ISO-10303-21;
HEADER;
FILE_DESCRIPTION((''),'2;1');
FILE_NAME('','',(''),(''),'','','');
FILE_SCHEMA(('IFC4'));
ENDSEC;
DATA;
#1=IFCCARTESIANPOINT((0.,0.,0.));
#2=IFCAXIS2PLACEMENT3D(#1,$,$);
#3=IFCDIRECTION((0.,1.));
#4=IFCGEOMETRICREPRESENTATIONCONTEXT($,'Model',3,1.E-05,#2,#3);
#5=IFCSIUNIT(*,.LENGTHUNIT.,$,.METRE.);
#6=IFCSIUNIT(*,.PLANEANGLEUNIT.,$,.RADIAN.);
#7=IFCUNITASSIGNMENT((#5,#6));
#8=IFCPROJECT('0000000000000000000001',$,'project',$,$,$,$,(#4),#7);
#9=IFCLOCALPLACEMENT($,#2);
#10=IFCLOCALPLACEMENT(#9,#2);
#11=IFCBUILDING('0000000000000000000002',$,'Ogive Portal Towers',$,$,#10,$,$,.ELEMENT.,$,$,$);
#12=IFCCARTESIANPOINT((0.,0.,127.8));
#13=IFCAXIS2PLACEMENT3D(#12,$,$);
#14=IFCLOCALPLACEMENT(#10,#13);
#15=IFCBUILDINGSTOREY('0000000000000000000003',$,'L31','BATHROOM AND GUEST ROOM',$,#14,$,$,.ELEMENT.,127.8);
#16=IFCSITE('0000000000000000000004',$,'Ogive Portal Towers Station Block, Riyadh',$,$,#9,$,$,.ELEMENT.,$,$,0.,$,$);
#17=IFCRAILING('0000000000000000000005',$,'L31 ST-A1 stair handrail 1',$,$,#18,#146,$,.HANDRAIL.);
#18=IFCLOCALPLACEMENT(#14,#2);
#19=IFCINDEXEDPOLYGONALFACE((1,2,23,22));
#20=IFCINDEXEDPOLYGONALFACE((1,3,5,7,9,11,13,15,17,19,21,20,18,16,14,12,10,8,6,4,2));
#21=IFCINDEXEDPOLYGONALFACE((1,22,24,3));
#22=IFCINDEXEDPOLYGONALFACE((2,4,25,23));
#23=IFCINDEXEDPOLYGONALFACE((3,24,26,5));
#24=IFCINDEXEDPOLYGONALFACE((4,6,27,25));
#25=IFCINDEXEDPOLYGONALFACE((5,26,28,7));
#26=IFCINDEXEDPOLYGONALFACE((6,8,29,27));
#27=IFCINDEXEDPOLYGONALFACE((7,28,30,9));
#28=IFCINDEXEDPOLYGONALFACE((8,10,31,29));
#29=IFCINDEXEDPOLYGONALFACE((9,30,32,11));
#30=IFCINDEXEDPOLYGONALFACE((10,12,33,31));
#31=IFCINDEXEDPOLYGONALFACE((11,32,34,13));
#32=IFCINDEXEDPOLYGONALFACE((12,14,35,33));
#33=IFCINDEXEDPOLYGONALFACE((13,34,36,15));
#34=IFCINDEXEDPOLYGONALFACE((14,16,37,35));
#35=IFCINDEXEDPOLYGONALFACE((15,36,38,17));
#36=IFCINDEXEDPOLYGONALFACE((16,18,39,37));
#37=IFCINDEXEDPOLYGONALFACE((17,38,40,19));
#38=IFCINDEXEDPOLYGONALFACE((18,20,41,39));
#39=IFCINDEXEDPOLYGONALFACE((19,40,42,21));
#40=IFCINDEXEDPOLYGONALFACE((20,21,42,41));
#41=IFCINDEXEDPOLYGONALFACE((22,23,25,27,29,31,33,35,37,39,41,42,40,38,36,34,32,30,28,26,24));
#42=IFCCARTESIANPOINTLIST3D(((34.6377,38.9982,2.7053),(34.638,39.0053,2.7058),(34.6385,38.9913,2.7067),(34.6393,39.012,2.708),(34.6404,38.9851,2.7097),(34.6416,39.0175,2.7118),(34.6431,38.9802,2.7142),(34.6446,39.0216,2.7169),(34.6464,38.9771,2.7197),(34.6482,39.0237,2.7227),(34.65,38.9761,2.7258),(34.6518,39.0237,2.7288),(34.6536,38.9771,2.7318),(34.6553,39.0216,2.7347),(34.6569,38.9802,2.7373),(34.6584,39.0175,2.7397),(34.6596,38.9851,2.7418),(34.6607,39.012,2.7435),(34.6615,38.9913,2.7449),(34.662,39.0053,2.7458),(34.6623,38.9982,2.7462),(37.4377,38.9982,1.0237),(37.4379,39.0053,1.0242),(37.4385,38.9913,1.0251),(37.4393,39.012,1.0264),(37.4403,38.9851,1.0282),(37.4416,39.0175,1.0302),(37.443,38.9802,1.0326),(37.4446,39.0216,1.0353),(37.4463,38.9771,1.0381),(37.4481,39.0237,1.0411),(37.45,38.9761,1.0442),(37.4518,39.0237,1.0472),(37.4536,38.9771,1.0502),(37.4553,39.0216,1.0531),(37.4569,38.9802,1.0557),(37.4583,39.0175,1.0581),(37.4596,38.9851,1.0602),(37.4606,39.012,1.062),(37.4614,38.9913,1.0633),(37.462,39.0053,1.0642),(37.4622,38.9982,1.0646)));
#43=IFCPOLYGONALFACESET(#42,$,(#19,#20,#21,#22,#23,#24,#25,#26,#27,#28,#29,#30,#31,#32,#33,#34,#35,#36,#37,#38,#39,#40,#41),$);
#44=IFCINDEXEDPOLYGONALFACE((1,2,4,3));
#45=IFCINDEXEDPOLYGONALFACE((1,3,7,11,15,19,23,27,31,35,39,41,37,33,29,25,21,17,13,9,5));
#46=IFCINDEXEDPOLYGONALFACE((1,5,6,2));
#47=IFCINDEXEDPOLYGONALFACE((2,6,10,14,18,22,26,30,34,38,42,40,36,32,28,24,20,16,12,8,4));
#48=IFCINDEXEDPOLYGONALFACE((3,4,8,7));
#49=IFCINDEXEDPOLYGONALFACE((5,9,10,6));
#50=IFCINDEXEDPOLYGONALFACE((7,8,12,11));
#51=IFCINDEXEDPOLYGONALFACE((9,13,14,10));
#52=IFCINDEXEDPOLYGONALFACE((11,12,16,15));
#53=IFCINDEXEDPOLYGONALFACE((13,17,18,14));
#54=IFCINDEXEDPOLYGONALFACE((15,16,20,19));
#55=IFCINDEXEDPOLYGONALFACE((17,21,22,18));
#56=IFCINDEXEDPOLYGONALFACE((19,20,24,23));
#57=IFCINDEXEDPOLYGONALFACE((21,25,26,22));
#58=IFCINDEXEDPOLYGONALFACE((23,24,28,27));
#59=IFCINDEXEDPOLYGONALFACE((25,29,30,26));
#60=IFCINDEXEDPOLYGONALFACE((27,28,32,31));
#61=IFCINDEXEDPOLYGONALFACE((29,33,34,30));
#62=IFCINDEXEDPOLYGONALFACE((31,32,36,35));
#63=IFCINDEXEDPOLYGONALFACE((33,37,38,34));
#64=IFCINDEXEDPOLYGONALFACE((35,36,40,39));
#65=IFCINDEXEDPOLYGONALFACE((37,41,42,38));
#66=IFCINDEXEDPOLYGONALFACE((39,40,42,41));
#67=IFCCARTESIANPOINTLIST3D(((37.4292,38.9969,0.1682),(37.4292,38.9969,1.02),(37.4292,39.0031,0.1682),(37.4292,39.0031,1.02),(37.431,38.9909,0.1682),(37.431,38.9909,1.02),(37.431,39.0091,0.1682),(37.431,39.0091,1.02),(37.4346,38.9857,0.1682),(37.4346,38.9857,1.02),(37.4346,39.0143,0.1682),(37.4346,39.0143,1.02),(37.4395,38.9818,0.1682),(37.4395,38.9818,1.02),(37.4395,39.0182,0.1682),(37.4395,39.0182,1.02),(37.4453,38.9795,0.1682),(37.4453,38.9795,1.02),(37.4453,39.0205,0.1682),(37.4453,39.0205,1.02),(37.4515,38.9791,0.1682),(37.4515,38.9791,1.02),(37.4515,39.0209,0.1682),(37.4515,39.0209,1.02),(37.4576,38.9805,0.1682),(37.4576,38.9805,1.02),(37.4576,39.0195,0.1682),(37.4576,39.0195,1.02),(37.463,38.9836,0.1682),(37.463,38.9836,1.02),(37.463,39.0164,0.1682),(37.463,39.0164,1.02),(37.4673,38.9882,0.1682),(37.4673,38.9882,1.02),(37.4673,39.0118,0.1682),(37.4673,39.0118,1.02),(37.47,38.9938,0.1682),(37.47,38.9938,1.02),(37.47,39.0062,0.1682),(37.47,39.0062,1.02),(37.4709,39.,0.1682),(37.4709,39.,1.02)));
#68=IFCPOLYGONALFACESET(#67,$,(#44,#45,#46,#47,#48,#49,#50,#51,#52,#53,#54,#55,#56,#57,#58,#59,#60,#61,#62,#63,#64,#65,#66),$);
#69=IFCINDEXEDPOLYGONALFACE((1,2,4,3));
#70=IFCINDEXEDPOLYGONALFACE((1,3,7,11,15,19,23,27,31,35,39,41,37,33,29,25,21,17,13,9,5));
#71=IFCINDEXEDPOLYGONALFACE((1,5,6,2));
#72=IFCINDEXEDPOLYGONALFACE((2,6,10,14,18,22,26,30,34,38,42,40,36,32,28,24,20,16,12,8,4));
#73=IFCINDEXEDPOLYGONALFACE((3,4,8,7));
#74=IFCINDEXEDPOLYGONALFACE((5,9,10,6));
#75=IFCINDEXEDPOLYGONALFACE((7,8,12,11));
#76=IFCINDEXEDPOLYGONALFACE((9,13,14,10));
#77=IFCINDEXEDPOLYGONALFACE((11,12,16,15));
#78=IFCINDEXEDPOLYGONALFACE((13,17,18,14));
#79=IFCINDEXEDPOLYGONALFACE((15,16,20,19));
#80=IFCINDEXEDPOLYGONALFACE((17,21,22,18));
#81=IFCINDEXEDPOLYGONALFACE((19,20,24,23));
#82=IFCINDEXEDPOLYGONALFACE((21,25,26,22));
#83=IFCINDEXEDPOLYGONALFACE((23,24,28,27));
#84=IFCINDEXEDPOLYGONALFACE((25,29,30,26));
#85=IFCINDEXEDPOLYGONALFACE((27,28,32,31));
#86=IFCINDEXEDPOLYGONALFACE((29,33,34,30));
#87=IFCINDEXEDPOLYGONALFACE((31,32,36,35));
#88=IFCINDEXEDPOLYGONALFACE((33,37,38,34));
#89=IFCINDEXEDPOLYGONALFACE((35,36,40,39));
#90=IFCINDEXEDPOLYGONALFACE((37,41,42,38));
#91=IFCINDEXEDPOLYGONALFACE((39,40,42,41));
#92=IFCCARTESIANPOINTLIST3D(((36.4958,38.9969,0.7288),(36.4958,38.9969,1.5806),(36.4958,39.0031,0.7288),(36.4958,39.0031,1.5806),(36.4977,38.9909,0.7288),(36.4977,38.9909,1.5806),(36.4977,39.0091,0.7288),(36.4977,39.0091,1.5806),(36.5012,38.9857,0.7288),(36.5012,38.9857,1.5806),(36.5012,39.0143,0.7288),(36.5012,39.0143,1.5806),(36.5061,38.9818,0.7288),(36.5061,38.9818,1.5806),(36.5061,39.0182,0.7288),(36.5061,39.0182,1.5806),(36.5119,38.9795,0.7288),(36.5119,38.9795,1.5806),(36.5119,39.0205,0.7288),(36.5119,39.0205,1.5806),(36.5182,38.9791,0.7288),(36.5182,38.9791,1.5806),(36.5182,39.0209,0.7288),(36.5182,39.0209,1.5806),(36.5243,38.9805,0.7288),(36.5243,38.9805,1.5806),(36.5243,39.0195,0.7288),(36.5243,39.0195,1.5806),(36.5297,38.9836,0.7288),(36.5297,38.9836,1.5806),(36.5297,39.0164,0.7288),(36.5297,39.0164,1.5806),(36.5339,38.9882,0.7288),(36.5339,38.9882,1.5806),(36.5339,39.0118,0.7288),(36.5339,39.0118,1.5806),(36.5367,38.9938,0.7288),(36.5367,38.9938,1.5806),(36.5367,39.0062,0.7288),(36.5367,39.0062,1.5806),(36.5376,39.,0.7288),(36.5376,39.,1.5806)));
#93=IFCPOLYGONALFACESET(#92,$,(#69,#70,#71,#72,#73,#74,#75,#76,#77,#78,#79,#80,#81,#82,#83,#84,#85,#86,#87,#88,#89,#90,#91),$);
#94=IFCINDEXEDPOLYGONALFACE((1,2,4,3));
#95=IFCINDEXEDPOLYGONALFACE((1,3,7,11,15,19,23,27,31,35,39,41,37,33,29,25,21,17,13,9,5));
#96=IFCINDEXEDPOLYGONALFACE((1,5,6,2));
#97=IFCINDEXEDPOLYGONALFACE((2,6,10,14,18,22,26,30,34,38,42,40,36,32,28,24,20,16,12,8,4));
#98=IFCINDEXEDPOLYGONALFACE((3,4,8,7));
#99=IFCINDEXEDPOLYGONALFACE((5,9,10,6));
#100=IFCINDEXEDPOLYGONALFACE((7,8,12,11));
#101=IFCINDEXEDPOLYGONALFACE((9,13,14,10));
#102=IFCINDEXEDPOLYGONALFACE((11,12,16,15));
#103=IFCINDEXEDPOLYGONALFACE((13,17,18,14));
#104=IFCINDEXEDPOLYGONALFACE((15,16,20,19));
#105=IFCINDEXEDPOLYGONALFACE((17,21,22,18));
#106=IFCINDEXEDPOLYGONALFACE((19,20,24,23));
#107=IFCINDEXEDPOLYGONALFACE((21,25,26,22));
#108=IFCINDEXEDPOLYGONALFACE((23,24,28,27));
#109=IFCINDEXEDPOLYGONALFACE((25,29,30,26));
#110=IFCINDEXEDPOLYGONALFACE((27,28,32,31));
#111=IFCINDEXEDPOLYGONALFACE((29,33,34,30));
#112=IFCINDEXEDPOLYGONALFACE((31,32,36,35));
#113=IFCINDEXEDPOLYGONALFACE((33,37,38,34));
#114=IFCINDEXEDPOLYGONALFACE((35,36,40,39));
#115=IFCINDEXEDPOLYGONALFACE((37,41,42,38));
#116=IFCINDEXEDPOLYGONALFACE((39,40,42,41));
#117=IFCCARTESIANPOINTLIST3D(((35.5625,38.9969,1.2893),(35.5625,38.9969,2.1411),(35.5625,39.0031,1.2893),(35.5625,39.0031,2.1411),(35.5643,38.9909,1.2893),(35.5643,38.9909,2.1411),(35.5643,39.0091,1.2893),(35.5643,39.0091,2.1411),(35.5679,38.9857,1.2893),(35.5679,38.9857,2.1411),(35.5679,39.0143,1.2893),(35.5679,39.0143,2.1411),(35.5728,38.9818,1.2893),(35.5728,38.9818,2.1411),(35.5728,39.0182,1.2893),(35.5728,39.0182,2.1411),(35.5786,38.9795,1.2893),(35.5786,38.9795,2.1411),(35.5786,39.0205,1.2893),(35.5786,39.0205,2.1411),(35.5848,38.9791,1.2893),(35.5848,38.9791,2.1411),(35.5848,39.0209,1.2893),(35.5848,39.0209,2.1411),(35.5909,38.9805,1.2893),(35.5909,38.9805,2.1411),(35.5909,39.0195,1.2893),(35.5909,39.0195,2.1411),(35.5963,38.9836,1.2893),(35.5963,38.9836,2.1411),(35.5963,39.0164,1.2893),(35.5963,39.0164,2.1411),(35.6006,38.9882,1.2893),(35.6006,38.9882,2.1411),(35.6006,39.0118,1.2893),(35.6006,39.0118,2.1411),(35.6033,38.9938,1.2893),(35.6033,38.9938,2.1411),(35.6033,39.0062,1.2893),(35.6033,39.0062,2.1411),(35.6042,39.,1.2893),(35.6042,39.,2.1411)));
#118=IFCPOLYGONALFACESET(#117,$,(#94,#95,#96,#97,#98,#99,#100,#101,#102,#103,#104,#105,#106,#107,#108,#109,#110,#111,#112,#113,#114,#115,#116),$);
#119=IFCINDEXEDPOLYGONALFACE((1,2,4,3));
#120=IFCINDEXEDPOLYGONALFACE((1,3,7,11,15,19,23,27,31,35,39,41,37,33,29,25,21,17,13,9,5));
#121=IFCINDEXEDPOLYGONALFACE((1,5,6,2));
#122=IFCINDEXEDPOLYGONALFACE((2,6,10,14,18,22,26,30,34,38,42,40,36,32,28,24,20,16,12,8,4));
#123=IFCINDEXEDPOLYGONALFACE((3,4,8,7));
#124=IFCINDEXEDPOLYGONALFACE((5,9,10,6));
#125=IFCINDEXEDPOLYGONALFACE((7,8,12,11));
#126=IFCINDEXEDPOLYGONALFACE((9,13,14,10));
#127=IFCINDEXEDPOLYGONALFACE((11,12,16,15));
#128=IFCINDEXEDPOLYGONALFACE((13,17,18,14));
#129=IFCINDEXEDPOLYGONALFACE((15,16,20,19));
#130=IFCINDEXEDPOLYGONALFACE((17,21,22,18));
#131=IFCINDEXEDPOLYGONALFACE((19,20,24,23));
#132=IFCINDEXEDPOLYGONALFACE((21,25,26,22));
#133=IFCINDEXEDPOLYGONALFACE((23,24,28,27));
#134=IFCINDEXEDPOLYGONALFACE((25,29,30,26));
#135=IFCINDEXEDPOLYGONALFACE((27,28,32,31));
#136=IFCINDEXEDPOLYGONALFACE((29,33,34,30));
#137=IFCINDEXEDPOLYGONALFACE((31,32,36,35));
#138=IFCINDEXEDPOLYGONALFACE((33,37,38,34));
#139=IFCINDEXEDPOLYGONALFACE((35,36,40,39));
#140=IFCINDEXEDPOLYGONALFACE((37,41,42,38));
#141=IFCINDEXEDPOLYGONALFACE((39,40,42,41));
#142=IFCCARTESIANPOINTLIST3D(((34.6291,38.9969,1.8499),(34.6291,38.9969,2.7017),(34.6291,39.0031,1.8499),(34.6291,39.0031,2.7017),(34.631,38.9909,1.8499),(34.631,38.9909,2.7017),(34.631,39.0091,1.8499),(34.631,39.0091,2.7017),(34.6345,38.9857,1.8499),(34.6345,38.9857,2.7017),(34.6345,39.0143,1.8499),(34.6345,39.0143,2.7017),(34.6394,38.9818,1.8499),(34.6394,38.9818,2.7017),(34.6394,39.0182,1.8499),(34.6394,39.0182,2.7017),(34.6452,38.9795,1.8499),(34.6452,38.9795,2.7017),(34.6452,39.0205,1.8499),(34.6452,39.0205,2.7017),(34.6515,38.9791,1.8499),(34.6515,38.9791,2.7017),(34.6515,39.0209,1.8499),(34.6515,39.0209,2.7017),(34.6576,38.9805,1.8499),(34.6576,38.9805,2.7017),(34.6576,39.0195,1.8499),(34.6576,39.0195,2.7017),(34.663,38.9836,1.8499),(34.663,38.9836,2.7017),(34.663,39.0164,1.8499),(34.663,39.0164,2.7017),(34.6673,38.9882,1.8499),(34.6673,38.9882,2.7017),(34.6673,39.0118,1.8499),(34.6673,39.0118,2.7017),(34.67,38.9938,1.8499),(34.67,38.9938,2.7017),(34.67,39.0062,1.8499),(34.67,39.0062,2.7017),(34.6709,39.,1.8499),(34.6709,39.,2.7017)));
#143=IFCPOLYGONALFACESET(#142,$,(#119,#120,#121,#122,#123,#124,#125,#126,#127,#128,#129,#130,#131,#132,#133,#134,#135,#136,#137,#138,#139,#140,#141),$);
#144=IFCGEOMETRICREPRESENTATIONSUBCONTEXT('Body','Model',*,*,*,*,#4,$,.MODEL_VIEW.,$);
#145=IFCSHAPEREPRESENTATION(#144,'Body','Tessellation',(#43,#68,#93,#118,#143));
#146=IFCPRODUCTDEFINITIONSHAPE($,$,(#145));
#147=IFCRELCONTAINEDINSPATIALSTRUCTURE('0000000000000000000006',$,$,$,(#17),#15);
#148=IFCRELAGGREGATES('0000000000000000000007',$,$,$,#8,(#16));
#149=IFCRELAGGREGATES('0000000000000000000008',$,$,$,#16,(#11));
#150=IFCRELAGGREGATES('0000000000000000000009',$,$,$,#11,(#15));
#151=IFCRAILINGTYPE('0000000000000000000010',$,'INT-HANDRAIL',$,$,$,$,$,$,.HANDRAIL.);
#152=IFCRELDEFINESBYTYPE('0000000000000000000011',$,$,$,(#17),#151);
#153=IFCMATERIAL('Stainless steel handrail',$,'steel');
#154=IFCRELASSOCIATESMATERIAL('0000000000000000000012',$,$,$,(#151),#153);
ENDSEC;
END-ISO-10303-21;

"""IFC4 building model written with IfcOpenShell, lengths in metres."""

from ifc_helpers import new_model, si_unit, direction, frame, origin, origin_2d, place, context, subcontext, project, spatial, circle, extrude, material, type_object, element, save


model = new_model("IFC4")

# Units and contexts
model_context = context("Model", 3, precision=1e-05, world=origin(), true_north=direction((0.0, 1.0)))
body_context = subcontext(model_context, "Body", "Model", "MODEL_VIEW")
ifc_project = project(units=[si_unit("LENGTHUNIT", "METRE"), si_unit("PLANEANGLEUNIT", "RADIAN")], contexts=[model_context])

# Site, building, storey
site_placement = place(None, origin())
site = spatial("IfcSite", under=ifc_project, at=site_placement, Name="Ogive Portal Towers Station Block, Riyadh", CompositionType="ELEMENT", RefElevation=0.0)
building_placement = place(site_placement, origin())
building = spatial("IfcBuilding", under=site, at=building_placement, Name="Ogive Portal Towers", CompositionType="ELEMENT")
storey_placement = place(building_placement, frame((0.0, 0.0, 127.8)))
storey = spatial("IfcBuildingStorey", under=building, at=storey_placement, Name="L31", Description="BATHROOM AND GUEST ROOM", CompositionType="ELEMENT", Elevation=127.8)

# Railing
ifc_material_1 = material(Name="Stainless steel handrail", Category="steel")
railing_type_1 = type_object("IfcRailingType", Name="INT-HANDRAIL", PredefinedType="HANDRAIL", material=ifc_material_1)
railing_1_placement = place(storey_placement, frame((37.45, 39.0, 0.1682)))
element("IfcRailing", 1, at=railing_1_placement, inside=storey, type_object=railing_type_1, Name="L31 ST-A1 stair handrail 1", PredefinedType="HANDRAIL", context=body_context, shape_type="SweptSolid", body=[
    extrude(circle(Radius=0.0239, at=origin_2d()), frame((0.0, 0.0, 0.876), z_axis=(-0.857275, 0.0, 0.514858), x_axis=(0.0, -1.0, 0.0)), (0.0, 0.0, 1.0), 3.2661),
    extrude(circle(Radius=0.021, at=origin_2d()), origin(), (0.0, 0.0, 1.0), 0.8518),
    extrude(circle(Radius=0.021, at=origin_2d()), frame((-0.9333, 0.0, 0.5605)), (0.0, 0.0, 1.0), 0.8518),
    extrude(circle(Radius=0.021, at=origin_2d()), frame((-1.8667, 0.0, 1.1211)), (0.0, 0.0, 1.0), 0.8518),
    extrude(circle(Radius=0.021, at=origin_2d()), frame((-2.8, 0.0, 1.6816)), (0.0, 0.0, 1.0), 0.8518),
])

save(model, "model.ifc")
